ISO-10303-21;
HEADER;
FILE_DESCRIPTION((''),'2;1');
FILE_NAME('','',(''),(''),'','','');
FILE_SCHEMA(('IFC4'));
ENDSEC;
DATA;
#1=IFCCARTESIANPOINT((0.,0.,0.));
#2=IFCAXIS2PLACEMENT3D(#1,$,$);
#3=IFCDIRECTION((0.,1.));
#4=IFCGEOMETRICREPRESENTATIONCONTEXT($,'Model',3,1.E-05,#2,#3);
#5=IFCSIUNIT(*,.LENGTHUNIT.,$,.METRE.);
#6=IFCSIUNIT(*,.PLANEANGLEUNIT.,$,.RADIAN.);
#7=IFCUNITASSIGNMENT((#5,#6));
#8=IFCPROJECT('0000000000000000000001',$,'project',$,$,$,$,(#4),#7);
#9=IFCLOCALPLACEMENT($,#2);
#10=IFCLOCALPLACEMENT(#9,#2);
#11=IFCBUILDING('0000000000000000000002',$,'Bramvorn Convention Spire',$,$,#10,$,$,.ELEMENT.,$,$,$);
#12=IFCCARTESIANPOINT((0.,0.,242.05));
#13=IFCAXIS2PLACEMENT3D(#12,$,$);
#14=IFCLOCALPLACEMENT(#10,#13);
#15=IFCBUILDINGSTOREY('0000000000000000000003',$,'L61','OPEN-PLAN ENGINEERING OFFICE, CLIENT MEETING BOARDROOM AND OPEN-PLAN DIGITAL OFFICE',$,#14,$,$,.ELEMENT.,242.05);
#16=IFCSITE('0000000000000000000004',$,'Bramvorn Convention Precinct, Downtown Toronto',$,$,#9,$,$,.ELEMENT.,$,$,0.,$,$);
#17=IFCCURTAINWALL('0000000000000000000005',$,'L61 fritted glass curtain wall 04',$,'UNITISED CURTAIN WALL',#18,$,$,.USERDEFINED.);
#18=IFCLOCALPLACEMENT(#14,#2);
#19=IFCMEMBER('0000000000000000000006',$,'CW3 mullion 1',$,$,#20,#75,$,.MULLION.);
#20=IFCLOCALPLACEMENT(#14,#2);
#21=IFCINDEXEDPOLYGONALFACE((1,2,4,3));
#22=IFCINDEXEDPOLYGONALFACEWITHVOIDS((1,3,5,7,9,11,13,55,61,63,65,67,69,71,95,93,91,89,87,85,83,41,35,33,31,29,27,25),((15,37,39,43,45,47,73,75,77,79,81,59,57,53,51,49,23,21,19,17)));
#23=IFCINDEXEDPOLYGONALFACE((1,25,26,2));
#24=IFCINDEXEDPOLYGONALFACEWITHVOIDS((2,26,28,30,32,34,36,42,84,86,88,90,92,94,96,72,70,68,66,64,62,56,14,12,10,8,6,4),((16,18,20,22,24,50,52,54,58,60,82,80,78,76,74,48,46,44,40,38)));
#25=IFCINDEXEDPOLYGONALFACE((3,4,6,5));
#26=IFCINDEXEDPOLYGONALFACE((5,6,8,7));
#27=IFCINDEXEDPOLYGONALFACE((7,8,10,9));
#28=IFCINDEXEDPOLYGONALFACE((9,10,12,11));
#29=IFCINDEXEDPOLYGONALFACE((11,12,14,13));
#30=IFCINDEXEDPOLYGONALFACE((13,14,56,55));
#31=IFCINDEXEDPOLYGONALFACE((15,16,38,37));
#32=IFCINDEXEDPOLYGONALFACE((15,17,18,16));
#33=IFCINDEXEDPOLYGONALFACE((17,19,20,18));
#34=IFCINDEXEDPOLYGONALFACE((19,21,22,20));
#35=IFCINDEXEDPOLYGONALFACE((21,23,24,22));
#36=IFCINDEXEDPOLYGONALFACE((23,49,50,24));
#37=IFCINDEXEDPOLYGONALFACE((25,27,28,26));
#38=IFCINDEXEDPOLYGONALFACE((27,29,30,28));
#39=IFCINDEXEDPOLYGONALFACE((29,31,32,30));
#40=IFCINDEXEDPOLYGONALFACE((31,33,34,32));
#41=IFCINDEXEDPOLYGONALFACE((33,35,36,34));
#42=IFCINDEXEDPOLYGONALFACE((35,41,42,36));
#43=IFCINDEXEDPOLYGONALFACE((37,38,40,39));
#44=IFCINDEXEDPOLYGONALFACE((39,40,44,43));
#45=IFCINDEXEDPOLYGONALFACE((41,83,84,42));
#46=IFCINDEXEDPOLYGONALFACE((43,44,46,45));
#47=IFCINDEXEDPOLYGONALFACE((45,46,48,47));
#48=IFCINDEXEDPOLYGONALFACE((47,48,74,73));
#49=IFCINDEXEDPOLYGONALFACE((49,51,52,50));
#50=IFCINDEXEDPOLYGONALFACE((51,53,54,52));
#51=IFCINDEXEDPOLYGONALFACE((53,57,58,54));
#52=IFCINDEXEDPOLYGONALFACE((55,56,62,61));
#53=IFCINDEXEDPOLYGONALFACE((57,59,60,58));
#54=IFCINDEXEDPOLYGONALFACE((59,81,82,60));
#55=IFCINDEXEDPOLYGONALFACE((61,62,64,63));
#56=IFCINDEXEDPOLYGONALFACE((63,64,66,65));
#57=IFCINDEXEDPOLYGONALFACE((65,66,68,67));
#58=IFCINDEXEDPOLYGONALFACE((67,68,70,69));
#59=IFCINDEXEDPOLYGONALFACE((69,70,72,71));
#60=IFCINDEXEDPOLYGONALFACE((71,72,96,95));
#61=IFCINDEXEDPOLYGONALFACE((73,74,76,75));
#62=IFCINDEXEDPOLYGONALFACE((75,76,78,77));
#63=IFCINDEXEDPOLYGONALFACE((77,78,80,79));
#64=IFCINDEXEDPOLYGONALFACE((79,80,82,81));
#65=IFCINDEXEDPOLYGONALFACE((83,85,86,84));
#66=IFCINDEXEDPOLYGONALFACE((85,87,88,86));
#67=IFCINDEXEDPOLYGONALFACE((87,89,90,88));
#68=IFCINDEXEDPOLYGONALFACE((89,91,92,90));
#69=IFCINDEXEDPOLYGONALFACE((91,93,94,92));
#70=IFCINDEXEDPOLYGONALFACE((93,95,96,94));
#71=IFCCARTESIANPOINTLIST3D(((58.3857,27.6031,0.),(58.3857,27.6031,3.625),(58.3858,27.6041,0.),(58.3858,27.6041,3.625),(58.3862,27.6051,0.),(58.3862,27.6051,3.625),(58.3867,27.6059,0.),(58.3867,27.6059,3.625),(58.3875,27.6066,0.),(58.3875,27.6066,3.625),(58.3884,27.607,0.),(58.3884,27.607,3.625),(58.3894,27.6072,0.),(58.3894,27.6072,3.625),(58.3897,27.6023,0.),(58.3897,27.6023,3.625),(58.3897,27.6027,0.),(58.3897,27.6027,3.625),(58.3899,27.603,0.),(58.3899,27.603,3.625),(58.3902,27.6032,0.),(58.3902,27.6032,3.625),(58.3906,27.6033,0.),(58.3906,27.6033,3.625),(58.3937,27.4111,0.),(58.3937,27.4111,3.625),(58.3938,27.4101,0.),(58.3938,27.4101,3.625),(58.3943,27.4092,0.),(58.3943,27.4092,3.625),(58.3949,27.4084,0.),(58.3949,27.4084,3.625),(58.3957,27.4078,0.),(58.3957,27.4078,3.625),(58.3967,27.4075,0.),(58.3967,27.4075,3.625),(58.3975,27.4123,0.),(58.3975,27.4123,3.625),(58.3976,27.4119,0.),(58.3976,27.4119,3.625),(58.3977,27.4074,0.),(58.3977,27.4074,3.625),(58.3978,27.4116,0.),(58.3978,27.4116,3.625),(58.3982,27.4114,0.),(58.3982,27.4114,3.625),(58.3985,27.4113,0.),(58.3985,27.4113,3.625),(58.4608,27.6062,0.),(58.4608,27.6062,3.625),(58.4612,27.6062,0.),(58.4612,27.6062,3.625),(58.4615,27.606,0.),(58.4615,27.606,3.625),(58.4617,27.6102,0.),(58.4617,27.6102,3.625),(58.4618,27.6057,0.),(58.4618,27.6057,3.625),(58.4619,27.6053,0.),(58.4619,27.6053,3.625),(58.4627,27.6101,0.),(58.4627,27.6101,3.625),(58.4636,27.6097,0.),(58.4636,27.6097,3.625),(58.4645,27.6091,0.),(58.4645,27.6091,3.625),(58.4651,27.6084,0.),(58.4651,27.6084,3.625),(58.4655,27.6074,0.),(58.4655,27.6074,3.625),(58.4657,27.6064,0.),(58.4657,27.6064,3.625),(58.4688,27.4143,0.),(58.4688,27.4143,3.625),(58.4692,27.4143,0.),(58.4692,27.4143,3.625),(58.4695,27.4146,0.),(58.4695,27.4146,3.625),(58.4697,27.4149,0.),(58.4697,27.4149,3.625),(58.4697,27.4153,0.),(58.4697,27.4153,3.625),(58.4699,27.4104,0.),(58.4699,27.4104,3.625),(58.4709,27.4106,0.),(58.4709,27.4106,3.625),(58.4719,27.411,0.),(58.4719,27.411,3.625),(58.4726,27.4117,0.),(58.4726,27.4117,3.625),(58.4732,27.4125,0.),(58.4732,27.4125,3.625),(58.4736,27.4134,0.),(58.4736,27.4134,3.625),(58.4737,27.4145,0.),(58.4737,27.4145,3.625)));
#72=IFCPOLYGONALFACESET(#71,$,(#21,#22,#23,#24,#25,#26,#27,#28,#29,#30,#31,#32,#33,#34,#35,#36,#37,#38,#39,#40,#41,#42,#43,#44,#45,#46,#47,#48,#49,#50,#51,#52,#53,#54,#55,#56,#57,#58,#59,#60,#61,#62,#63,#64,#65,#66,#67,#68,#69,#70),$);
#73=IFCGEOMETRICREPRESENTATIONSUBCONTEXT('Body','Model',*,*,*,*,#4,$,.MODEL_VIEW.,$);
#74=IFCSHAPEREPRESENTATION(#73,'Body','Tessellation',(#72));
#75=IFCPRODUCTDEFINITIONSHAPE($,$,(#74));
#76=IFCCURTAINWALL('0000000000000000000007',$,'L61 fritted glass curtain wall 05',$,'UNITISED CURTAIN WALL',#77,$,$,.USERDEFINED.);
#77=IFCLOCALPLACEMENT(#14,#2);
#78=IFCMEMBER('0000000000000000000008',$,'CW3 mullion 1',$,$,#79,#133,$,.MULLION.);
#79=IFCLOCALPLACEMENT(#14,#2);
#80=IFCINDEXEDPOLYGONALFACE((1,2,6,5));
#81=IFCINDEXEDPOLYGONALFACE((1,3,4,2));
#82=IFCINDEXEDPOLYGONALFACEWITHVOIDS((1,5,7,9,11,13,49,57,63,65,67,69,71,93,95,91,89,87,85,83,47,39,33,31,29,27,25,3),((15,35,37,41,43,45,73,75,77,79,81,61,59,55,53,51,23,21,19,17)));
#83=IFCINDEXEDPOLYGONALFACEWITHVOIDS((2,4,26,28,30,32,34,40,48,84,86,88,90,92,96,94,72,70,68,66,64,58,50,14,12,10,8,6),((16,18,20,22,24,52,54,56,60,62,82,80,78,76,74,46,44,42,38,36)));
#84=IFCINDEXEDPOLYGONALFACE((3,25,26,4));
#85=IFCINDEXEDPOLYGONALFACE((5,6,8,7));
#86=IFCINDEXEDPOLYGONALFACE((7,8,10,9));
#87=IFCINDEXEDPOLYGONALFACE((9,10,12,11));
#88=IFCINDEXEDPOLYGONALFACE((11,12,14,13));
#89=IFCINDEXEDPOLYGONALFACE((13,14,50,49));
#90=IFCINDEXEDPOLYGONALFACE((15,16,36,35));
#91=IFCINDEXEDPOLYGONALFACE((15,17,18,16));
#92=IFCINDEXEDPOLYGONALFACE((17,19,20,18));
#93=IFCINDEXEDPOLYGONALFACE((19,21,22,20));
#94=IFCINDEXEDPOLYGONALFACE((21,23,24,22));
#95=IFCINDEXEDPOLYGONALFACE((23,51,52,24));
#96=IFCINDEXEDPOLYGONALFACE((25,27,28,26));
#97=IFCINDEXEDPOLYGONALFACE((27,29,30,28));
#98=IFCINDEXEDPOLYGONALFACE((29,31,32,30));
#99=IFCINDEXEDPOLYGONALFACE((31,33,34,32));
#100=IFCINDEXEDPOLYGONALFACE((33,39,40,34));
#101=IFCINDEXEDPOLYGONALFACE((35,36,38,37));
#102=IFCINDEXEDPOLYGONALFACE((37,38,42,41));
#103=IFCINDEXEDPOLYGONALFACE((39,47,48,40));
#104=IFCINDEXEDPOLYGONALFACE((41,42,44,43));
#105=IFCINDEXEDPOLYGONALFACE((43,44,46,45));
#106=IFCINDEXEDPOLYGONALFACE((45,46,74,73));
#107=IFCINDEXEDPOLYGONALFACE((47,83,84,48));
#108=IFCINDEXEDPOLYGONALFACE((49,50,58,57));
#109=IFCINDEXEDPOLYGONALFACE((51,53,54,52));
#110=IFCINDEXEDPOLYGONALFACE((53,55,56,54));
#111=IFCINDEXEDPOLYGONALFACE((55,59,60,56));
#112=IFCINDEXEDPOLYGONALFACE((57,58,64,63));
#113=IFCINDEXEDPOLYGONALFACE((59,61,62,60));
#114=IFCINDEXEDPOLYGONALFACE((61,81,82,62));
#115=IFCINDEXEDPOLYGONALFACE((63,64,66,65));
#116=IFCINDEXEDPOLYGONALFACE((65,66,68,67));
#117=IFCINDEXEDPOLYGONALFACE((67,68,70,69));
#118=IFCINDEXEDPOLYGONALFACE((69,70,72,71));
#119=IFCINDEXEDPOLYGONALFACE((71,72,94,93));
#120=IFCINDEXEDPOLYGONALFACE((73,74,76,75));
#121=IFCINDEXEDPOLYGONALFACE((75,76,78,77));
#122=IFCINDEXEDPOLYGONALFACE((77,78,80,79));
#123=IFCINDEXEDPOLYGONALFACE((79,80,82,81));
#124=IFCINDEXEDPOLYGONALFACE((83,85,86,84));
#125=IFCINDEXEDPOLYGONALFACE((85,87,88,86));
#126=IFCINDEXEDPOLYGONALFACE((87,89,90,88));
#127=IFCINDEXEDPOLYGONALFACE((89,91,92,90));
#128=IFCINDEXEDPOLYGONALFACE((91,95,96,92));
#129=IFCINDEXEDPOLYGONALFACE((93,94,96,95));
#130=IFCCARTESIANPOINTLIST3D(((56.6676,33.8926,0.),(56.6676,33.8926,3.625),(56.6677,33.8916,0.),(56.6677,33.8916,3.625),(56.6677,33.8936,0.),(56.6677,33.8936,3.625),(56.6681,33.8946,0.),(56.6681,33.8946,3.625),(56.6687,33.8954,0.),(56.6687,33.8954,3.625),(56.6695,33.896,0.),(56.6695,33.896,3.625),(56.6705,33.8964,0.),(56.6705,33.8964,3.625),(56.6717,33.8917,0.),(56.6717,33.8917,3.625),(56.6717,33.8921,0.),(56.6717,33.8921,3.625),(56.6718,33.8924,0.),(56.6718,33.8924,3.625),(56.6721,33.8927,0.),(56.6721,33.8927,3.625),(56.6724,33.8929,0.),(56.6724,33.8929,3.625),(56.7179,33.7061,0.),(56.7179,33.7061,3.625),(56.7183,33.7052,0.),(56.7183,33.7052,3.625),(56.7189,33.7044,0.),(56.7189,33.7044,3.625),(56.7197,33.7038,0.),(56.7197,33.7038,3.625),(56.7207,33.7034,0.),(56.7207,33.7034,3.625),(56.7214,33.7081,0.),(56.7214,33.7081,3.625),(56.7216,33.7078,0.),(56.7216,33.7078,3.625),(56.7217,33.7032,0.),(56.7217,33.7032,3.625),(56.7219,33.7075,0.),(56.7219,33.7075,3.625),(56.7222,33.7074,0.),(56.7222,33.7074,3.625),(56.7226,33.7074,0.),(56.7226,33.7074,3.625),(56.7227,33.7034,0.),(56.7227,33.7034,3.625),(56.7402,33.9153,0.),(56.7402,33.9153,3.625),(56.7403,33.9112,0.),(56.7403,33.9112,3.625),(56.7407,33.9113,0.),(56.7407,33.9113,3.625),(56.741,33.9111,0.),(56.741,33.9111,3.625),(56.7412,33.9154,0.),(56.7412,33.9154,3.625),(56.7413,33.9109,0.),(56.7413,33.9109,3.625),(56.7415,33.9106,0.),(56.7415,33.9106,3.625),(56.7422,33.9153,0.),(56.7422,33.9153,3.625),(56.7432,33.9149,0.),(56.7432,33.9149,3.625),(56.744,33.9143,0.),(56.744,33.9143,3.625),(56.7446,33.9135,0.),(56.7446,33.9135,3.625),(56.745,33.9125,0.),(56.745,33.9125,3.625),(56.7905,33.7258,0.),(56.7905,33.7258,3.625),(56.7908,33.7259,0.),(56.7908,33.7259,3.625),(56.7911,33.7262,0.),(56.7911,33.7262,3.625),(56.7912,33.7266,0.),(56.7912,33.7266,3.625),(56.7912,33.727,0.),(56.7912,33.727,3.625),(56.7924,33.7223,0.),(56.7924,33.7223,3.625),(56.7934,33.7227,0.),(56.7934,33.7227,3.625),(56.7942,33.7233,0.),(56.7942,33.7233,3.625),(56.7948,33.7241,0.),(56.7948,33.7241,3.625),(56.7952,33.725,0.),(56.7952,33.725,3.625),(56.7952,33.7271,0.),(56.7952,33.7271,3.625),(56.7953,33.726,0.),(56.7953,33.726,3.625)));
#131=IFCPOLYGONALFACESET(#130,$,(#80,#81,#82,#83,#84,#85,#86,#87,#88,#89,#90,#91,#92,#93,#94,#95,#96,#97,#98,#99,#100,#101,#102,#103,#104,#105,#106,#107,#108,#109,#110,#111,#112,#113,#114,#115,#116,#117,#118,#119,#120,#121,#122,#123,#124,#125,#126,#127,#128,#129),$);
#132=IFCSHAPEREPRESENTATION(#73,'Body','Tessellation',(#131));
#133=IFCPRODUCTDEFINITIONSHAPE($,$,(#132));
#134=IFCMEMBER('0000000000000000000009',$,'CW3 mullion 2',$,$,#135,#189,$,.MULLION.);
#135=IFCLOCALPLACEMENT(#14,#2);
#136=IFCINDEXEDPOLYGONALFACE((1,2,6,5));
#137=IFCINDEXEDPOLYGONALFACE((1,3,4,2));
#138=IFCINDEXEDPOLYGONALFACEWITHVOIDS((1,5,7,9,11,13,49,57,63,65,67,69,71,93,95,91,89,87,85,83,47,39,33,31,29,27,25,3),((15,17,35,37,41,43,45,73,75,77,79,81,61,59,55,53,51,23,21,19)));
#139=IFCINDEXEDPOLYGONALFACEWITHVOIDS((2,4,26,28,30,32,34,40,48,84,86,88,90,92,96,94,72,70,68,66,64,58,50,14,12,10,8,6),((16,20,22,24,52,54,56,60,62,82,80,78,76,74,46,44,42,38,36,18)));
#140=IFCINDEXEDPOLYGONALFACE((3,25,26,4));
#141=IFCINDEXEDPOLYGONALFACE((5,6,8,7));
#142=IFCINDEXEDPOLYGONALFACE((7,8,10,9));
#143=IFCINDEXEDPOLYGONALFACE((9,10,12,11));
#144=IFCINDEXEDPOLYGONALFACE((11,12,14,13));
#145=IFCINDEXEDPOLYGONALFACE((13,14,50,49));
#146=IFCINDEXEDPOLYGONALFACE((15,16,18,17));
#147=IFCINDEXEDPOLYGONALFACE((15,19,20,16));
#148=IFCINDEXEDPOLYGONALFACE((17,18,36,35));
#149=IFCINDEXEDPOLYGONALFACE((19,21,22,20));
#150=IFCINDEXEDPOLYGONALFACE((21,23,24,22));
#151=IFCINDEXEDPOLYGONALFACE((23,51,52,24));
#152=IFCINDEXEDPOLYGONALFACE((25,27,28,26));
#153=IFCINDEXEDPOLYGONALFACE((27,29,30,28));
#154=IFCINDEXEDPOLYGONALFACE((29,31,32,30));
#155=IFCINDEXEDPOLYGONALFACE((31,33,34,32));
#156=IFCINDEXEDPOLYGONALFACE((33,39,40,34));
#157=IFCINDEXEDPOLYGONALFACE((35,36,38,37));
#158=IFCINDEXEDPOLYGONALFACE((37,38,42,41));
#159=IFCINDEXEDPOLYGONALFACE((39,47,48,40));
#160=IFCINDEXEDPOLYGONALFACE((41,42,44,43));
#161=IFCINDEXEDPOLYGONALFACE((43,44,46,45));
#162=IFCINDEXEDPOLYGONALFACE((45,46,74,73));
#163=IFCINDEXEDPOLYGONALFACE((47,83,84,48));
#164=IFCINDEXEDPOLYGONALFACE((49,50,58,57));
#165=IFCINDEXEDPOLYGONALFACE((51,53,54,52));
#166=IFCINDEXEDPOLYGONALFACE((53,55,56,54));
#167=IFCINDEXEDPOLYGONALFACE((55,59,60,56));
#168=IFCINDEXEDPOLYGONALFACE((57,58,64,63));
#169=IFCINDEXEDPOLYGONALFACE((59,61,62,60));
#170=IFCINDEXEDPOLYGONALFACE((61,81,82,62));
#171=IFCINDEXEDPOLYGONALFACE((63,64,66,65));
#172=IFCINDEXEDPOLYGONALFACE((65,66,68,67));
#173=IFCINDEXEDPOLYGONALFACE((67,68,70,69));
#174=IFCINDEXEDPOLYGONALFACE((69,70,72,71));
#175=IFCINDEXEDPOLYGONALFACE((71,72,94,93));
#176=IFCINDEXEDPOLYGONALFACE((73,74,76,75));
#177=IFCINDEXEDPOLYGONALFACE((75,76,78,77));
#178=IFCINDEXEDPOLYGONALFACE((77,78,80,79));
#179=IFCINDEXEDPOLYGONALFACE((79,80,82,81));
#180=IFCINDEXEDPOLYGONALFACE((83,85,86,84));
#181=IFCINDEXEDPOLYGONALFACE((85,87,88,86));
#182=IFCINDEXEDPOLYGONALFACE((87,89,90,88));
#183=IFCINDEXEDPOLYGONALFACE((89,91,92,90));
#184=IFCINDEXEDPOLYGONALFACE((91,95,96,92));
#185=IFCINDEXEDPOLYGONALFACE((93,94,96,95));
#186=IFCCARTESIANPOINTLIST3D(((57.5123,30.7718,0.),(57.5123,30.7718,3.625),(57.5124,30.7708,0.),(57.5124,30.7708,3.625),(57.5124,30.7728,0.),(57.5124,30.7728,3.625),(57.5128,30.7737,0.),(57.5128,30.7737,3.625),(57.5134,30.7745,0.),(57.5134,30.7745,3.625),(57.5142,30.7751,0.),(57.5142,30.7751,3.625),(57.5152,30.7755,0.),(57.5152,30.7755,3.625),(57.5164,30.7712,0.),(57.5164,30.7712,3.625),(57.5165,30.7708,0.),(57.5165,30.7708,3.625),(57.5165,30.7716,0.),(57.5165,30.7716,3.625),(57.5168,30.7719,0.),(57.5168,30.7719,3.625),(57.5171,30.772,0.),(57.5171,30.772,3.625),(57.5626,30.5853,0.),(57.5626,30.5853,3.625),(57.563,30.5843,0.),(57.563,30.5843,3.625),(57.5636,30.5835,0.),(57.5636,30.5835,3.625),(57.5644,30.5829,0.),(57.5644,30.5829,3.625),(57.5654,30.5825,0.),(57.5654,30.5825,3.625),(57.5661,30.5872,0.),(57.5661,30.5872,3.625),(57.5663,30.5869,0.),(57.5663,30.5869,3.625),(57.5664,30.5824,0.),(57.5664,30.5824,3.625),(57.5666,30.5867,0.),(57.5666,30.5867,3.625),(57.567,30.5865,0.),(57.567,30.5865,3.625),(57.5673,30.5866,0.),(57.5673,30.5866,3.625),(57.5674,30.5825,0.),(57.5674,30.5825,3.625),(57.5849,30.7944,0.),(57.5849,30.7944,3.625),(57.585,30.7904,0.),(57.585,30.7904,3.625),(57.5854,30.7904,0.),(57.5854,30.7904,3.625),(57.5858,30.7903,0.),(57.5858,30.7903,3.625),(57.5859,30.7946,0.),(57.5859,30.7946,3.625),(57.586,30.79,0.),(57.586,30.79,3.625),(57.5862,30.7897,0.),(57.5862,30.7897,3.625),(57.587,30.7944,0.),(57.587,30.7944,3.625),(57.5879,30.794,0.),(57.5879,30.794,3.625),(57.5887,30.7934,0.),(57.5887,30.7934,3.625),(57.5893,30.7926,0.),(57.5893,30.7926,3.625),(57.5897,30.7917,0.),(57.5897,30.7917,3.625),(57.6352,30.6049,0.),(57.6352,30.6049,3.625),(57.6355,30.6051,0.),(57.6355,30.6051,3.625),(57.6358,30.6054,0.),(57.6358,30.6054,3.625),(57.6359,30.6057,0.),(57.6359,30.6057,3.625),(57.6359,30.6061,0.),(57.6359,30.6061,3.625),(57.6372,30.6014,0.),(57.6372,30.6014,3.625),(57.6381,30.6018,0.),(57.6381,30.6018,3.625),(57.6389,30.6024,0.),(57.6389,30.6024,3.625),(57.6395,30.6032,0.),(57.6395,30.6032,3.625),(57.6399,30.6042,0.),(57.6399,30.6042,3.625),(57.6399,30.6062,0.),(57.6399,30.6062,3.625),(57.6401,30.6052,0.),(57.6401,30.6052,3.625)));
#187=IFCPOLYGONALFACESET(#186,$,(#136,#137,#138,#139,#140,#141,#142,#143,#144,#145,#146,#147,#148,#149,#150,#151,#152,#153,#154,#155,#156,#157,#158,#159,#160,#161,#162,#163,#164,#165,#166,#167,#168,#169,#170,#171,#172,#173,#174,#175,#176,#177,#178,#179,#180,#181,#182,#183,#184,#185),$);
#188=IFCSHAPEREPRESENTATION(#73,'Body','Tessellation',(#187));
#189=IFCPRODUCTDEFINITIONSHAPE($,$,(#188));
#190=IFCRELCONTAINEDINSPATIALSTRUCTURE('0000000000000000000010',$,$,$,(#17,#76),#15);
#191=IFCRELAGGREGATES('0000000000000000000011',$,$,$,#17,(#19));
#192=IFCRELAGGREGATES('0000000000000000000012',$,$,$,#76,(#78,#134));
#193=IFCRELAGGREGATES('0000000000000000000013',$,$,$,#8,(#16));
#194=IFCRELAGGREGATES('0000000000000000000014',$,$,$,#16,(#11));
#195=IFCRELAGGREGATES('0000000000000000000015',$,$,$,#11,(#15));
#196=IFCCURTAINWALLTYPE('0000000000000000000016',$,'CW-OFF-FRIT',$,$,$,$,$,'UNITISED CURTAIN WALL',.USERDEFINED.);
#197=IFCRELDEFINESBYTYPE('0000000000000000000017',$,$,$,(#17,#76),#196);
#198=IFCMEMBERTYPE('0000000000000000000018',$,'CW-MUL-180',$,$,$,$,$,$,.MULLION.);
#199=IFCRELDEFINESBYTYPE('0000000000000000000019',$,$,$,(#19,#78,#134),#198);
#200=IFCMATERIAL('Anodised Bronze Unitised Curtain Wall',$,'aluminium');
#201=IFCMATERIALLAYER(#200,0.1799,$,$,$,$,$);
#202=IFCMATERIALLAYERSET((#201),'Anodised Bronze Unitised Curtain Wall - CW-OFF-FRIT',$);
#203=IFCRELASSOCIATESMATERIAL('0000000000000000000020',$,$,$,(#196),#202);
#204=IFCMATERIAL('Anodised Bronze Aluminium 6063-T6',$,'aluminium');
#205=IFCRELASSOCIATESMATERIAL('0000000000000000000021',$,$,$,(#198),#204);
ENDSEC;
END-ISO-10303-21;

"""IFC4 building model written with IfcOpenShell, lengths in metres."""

from ifc_helpers import new_model, si_unit, direction, frame, origin, origin_2d, place, context, subcontext, project, spatial, hollow_rectangle, extrude, material, layer, layer_set, material_profile, profile_set, type_object, element, aggregate, save


model = new_model("IFC4")

# Units and contexts
model_context = context("Model", 3, precision=1e-05, world=origin(), true_north=direction((0.0, 1.0)))
body_context = subcontext(model_context, "Body", "Model", "MODEL_VIEW")
ifc_project = project(units=[si_unit("LENGTHUNIT", "METRE"), si_unit("PLANEANGLEUNIT", "RADIAN")], contexts=[model_context])

# Site, building, storey
site_placement = place(None, origin())
site = spatial("IfcSite", under=ifc_project, at=site_placement, Name="Bramvorn Convention Precinct, Downtown Toronto", CompositionType="ELEMENT", RefElevation=0.0)
building_placement = place(site_placement, origin())
building = spatial("IfcBuilding", under=site, at=building_placement, Name="Bramvorn Convention Spire", CompositionType="ELEMENT")
storey_placement = place(building_placement, frame((0.0, 0.0, 242.05)))
storey = spatial("IfcBuildingStorey", under=building, at=storey_placement, Name="L61", Description="OPEN-PLAN ENGINEERING OFFICE, CLIENT MEETING BOARDROOM AND OPEN-PLAN DIGITAL OFFICE", CompositionType="ELEMENT", Elevation=242.05)

# Curtain wall, member
ifc_material_1 = material(Name="Anodised Bronze Unitised Curtain Wall", Category="aluminium")
ifc_layer_1 = layer(ifc_material_1, 0.1799)
ifc_layer_set_1 = layer_set([ifc_layer_1], Name="Anodised Bronze Unitised Curtain Wall - CW-OFF-FRIT")
curtain_wall_type = type_object("IfcCurtainWallType", Name="CW-OFF-FRIT", ElementType="UNITISED CURTAIN WALL", PredefinedType="USERDEFINED", material=ifc_layer_set_1)
curtain_wall_1_placement = place(storey_placement, origin())
curtain_wall_1 = element("IfcCurtainWall", 1, at=curtain_wall_1_placement, inside=storey, type_object=curtain_wall_type, Name="L61 fritted glass curtain wall 04", ObjectType="UNITISED CURTAIN WALL", PredefinedType="USERDEFINED")
ifc_material_2 = material(Name="Anodised Bronze Aluminium 6063-T6", Category="aluminium")
ifc_material_profile_1 = material_profile(ifc_material_2, hollow_rectangle(XDim=0.0801, YDim=0.2, WallThickness=0.0039, InnerFilletRadius=0.001, OuterFilletRadius=0.0039, at=origin_2d()))
ifc_profile_set_1 = profile_set([ifc_material_profile_1], Name="Anodised Bronze Aluminium 6063-T6 - CWM80X200")
member_type_1 = type_object("IfcMemberType", Name="CW-MUL-180", PredefinedType="MULLION", material=ifc_profile_set_1)
member_1_placement = place(storey_placement, frame((58.4297, 27.5088, 0.0), z_axis=(0.0, 0.0, 1.0), x_axis=(0.999144, 0.04137, 0.0)))
member_1 = element("IfcMember", 2, at=member_1_placement, type_object=member_type_1, Name="CW3 mullion 1", PredefinedType="MULLION", context=body_context, shape_type="SweptSolid", body=[
    extrude(hollow_rectangle(XDim=0.0801, YDim=0.2, WallThickness=0.0039, InnerFilletRadius=0.001, OuterFilletRadius=0.0039, at=origin_2d()), origin(), (0.0, 0.0, 1.0), 3.625),
])

# Curtain wall, members
curtain_wall_2_placement = place(storey_placement, origin())
curtain_wall_2 = element("IfcCurtainWall", 3, at=curtain_wall_2_placement, inside=storey, type_object=curtain_wall_type, Name="L61 fritted glass curtain wall 05", ObjectType="UNITISED CURTAIN WALL", PredefinedType="USERDEFINED")
member_2_placement = place(storey_placement, frame((56.7314, 33.8093, 0.0), z_axis=(0.0, 0.0, 1.0), x_axis=(0.965277, 0.261228, 0.0)))
member_2 = element("IfcMember", 4, at=member_2_placement, type_object=member_type_1, Name="CW3 mullion 1", PredefinedType="MULLION", context=body_context, shape_type="SweptSolid", body=[
    extrude(hollow_rectangle(XDim=0.0801, YDim=0.2, WallThickness=0.0039, InnerFilletRadius=0.001, OuterFilletRadius=0.0039, at=origin_2d()), origin(), (0.0, 0.0, 1.0), 3.625),
])
member_3_placement = place(storey_placement, frame((57.5762, 30.6885, 0.0), z_axis=(0.0, 0.0, 1.0), x_axis=(0.965277, 0.261228, 0.0)))
member_3 = element("IfcMember", 5, at=member_3_placement, type_object=member_type_1, Name="CW3 mullion 2", PredefinedType="MULLION", context=body_context, shape_type="SweptSolid", body=[
    extrude(hollow_rectangle(XDim=0.0801, YDim=0.2, WallThickness=0.0039, InnerFilletRadius=0.001, OuterFilletRadius=0.0039, at=origin_2d()), origin(), (0.0, 0.0, 1.0), 3.625),
])

aggregate(curtain_wall_1, [member_1])

aggregate(curtain_wall_2, [member_2, member_3])

save(model, "model.ifc")
